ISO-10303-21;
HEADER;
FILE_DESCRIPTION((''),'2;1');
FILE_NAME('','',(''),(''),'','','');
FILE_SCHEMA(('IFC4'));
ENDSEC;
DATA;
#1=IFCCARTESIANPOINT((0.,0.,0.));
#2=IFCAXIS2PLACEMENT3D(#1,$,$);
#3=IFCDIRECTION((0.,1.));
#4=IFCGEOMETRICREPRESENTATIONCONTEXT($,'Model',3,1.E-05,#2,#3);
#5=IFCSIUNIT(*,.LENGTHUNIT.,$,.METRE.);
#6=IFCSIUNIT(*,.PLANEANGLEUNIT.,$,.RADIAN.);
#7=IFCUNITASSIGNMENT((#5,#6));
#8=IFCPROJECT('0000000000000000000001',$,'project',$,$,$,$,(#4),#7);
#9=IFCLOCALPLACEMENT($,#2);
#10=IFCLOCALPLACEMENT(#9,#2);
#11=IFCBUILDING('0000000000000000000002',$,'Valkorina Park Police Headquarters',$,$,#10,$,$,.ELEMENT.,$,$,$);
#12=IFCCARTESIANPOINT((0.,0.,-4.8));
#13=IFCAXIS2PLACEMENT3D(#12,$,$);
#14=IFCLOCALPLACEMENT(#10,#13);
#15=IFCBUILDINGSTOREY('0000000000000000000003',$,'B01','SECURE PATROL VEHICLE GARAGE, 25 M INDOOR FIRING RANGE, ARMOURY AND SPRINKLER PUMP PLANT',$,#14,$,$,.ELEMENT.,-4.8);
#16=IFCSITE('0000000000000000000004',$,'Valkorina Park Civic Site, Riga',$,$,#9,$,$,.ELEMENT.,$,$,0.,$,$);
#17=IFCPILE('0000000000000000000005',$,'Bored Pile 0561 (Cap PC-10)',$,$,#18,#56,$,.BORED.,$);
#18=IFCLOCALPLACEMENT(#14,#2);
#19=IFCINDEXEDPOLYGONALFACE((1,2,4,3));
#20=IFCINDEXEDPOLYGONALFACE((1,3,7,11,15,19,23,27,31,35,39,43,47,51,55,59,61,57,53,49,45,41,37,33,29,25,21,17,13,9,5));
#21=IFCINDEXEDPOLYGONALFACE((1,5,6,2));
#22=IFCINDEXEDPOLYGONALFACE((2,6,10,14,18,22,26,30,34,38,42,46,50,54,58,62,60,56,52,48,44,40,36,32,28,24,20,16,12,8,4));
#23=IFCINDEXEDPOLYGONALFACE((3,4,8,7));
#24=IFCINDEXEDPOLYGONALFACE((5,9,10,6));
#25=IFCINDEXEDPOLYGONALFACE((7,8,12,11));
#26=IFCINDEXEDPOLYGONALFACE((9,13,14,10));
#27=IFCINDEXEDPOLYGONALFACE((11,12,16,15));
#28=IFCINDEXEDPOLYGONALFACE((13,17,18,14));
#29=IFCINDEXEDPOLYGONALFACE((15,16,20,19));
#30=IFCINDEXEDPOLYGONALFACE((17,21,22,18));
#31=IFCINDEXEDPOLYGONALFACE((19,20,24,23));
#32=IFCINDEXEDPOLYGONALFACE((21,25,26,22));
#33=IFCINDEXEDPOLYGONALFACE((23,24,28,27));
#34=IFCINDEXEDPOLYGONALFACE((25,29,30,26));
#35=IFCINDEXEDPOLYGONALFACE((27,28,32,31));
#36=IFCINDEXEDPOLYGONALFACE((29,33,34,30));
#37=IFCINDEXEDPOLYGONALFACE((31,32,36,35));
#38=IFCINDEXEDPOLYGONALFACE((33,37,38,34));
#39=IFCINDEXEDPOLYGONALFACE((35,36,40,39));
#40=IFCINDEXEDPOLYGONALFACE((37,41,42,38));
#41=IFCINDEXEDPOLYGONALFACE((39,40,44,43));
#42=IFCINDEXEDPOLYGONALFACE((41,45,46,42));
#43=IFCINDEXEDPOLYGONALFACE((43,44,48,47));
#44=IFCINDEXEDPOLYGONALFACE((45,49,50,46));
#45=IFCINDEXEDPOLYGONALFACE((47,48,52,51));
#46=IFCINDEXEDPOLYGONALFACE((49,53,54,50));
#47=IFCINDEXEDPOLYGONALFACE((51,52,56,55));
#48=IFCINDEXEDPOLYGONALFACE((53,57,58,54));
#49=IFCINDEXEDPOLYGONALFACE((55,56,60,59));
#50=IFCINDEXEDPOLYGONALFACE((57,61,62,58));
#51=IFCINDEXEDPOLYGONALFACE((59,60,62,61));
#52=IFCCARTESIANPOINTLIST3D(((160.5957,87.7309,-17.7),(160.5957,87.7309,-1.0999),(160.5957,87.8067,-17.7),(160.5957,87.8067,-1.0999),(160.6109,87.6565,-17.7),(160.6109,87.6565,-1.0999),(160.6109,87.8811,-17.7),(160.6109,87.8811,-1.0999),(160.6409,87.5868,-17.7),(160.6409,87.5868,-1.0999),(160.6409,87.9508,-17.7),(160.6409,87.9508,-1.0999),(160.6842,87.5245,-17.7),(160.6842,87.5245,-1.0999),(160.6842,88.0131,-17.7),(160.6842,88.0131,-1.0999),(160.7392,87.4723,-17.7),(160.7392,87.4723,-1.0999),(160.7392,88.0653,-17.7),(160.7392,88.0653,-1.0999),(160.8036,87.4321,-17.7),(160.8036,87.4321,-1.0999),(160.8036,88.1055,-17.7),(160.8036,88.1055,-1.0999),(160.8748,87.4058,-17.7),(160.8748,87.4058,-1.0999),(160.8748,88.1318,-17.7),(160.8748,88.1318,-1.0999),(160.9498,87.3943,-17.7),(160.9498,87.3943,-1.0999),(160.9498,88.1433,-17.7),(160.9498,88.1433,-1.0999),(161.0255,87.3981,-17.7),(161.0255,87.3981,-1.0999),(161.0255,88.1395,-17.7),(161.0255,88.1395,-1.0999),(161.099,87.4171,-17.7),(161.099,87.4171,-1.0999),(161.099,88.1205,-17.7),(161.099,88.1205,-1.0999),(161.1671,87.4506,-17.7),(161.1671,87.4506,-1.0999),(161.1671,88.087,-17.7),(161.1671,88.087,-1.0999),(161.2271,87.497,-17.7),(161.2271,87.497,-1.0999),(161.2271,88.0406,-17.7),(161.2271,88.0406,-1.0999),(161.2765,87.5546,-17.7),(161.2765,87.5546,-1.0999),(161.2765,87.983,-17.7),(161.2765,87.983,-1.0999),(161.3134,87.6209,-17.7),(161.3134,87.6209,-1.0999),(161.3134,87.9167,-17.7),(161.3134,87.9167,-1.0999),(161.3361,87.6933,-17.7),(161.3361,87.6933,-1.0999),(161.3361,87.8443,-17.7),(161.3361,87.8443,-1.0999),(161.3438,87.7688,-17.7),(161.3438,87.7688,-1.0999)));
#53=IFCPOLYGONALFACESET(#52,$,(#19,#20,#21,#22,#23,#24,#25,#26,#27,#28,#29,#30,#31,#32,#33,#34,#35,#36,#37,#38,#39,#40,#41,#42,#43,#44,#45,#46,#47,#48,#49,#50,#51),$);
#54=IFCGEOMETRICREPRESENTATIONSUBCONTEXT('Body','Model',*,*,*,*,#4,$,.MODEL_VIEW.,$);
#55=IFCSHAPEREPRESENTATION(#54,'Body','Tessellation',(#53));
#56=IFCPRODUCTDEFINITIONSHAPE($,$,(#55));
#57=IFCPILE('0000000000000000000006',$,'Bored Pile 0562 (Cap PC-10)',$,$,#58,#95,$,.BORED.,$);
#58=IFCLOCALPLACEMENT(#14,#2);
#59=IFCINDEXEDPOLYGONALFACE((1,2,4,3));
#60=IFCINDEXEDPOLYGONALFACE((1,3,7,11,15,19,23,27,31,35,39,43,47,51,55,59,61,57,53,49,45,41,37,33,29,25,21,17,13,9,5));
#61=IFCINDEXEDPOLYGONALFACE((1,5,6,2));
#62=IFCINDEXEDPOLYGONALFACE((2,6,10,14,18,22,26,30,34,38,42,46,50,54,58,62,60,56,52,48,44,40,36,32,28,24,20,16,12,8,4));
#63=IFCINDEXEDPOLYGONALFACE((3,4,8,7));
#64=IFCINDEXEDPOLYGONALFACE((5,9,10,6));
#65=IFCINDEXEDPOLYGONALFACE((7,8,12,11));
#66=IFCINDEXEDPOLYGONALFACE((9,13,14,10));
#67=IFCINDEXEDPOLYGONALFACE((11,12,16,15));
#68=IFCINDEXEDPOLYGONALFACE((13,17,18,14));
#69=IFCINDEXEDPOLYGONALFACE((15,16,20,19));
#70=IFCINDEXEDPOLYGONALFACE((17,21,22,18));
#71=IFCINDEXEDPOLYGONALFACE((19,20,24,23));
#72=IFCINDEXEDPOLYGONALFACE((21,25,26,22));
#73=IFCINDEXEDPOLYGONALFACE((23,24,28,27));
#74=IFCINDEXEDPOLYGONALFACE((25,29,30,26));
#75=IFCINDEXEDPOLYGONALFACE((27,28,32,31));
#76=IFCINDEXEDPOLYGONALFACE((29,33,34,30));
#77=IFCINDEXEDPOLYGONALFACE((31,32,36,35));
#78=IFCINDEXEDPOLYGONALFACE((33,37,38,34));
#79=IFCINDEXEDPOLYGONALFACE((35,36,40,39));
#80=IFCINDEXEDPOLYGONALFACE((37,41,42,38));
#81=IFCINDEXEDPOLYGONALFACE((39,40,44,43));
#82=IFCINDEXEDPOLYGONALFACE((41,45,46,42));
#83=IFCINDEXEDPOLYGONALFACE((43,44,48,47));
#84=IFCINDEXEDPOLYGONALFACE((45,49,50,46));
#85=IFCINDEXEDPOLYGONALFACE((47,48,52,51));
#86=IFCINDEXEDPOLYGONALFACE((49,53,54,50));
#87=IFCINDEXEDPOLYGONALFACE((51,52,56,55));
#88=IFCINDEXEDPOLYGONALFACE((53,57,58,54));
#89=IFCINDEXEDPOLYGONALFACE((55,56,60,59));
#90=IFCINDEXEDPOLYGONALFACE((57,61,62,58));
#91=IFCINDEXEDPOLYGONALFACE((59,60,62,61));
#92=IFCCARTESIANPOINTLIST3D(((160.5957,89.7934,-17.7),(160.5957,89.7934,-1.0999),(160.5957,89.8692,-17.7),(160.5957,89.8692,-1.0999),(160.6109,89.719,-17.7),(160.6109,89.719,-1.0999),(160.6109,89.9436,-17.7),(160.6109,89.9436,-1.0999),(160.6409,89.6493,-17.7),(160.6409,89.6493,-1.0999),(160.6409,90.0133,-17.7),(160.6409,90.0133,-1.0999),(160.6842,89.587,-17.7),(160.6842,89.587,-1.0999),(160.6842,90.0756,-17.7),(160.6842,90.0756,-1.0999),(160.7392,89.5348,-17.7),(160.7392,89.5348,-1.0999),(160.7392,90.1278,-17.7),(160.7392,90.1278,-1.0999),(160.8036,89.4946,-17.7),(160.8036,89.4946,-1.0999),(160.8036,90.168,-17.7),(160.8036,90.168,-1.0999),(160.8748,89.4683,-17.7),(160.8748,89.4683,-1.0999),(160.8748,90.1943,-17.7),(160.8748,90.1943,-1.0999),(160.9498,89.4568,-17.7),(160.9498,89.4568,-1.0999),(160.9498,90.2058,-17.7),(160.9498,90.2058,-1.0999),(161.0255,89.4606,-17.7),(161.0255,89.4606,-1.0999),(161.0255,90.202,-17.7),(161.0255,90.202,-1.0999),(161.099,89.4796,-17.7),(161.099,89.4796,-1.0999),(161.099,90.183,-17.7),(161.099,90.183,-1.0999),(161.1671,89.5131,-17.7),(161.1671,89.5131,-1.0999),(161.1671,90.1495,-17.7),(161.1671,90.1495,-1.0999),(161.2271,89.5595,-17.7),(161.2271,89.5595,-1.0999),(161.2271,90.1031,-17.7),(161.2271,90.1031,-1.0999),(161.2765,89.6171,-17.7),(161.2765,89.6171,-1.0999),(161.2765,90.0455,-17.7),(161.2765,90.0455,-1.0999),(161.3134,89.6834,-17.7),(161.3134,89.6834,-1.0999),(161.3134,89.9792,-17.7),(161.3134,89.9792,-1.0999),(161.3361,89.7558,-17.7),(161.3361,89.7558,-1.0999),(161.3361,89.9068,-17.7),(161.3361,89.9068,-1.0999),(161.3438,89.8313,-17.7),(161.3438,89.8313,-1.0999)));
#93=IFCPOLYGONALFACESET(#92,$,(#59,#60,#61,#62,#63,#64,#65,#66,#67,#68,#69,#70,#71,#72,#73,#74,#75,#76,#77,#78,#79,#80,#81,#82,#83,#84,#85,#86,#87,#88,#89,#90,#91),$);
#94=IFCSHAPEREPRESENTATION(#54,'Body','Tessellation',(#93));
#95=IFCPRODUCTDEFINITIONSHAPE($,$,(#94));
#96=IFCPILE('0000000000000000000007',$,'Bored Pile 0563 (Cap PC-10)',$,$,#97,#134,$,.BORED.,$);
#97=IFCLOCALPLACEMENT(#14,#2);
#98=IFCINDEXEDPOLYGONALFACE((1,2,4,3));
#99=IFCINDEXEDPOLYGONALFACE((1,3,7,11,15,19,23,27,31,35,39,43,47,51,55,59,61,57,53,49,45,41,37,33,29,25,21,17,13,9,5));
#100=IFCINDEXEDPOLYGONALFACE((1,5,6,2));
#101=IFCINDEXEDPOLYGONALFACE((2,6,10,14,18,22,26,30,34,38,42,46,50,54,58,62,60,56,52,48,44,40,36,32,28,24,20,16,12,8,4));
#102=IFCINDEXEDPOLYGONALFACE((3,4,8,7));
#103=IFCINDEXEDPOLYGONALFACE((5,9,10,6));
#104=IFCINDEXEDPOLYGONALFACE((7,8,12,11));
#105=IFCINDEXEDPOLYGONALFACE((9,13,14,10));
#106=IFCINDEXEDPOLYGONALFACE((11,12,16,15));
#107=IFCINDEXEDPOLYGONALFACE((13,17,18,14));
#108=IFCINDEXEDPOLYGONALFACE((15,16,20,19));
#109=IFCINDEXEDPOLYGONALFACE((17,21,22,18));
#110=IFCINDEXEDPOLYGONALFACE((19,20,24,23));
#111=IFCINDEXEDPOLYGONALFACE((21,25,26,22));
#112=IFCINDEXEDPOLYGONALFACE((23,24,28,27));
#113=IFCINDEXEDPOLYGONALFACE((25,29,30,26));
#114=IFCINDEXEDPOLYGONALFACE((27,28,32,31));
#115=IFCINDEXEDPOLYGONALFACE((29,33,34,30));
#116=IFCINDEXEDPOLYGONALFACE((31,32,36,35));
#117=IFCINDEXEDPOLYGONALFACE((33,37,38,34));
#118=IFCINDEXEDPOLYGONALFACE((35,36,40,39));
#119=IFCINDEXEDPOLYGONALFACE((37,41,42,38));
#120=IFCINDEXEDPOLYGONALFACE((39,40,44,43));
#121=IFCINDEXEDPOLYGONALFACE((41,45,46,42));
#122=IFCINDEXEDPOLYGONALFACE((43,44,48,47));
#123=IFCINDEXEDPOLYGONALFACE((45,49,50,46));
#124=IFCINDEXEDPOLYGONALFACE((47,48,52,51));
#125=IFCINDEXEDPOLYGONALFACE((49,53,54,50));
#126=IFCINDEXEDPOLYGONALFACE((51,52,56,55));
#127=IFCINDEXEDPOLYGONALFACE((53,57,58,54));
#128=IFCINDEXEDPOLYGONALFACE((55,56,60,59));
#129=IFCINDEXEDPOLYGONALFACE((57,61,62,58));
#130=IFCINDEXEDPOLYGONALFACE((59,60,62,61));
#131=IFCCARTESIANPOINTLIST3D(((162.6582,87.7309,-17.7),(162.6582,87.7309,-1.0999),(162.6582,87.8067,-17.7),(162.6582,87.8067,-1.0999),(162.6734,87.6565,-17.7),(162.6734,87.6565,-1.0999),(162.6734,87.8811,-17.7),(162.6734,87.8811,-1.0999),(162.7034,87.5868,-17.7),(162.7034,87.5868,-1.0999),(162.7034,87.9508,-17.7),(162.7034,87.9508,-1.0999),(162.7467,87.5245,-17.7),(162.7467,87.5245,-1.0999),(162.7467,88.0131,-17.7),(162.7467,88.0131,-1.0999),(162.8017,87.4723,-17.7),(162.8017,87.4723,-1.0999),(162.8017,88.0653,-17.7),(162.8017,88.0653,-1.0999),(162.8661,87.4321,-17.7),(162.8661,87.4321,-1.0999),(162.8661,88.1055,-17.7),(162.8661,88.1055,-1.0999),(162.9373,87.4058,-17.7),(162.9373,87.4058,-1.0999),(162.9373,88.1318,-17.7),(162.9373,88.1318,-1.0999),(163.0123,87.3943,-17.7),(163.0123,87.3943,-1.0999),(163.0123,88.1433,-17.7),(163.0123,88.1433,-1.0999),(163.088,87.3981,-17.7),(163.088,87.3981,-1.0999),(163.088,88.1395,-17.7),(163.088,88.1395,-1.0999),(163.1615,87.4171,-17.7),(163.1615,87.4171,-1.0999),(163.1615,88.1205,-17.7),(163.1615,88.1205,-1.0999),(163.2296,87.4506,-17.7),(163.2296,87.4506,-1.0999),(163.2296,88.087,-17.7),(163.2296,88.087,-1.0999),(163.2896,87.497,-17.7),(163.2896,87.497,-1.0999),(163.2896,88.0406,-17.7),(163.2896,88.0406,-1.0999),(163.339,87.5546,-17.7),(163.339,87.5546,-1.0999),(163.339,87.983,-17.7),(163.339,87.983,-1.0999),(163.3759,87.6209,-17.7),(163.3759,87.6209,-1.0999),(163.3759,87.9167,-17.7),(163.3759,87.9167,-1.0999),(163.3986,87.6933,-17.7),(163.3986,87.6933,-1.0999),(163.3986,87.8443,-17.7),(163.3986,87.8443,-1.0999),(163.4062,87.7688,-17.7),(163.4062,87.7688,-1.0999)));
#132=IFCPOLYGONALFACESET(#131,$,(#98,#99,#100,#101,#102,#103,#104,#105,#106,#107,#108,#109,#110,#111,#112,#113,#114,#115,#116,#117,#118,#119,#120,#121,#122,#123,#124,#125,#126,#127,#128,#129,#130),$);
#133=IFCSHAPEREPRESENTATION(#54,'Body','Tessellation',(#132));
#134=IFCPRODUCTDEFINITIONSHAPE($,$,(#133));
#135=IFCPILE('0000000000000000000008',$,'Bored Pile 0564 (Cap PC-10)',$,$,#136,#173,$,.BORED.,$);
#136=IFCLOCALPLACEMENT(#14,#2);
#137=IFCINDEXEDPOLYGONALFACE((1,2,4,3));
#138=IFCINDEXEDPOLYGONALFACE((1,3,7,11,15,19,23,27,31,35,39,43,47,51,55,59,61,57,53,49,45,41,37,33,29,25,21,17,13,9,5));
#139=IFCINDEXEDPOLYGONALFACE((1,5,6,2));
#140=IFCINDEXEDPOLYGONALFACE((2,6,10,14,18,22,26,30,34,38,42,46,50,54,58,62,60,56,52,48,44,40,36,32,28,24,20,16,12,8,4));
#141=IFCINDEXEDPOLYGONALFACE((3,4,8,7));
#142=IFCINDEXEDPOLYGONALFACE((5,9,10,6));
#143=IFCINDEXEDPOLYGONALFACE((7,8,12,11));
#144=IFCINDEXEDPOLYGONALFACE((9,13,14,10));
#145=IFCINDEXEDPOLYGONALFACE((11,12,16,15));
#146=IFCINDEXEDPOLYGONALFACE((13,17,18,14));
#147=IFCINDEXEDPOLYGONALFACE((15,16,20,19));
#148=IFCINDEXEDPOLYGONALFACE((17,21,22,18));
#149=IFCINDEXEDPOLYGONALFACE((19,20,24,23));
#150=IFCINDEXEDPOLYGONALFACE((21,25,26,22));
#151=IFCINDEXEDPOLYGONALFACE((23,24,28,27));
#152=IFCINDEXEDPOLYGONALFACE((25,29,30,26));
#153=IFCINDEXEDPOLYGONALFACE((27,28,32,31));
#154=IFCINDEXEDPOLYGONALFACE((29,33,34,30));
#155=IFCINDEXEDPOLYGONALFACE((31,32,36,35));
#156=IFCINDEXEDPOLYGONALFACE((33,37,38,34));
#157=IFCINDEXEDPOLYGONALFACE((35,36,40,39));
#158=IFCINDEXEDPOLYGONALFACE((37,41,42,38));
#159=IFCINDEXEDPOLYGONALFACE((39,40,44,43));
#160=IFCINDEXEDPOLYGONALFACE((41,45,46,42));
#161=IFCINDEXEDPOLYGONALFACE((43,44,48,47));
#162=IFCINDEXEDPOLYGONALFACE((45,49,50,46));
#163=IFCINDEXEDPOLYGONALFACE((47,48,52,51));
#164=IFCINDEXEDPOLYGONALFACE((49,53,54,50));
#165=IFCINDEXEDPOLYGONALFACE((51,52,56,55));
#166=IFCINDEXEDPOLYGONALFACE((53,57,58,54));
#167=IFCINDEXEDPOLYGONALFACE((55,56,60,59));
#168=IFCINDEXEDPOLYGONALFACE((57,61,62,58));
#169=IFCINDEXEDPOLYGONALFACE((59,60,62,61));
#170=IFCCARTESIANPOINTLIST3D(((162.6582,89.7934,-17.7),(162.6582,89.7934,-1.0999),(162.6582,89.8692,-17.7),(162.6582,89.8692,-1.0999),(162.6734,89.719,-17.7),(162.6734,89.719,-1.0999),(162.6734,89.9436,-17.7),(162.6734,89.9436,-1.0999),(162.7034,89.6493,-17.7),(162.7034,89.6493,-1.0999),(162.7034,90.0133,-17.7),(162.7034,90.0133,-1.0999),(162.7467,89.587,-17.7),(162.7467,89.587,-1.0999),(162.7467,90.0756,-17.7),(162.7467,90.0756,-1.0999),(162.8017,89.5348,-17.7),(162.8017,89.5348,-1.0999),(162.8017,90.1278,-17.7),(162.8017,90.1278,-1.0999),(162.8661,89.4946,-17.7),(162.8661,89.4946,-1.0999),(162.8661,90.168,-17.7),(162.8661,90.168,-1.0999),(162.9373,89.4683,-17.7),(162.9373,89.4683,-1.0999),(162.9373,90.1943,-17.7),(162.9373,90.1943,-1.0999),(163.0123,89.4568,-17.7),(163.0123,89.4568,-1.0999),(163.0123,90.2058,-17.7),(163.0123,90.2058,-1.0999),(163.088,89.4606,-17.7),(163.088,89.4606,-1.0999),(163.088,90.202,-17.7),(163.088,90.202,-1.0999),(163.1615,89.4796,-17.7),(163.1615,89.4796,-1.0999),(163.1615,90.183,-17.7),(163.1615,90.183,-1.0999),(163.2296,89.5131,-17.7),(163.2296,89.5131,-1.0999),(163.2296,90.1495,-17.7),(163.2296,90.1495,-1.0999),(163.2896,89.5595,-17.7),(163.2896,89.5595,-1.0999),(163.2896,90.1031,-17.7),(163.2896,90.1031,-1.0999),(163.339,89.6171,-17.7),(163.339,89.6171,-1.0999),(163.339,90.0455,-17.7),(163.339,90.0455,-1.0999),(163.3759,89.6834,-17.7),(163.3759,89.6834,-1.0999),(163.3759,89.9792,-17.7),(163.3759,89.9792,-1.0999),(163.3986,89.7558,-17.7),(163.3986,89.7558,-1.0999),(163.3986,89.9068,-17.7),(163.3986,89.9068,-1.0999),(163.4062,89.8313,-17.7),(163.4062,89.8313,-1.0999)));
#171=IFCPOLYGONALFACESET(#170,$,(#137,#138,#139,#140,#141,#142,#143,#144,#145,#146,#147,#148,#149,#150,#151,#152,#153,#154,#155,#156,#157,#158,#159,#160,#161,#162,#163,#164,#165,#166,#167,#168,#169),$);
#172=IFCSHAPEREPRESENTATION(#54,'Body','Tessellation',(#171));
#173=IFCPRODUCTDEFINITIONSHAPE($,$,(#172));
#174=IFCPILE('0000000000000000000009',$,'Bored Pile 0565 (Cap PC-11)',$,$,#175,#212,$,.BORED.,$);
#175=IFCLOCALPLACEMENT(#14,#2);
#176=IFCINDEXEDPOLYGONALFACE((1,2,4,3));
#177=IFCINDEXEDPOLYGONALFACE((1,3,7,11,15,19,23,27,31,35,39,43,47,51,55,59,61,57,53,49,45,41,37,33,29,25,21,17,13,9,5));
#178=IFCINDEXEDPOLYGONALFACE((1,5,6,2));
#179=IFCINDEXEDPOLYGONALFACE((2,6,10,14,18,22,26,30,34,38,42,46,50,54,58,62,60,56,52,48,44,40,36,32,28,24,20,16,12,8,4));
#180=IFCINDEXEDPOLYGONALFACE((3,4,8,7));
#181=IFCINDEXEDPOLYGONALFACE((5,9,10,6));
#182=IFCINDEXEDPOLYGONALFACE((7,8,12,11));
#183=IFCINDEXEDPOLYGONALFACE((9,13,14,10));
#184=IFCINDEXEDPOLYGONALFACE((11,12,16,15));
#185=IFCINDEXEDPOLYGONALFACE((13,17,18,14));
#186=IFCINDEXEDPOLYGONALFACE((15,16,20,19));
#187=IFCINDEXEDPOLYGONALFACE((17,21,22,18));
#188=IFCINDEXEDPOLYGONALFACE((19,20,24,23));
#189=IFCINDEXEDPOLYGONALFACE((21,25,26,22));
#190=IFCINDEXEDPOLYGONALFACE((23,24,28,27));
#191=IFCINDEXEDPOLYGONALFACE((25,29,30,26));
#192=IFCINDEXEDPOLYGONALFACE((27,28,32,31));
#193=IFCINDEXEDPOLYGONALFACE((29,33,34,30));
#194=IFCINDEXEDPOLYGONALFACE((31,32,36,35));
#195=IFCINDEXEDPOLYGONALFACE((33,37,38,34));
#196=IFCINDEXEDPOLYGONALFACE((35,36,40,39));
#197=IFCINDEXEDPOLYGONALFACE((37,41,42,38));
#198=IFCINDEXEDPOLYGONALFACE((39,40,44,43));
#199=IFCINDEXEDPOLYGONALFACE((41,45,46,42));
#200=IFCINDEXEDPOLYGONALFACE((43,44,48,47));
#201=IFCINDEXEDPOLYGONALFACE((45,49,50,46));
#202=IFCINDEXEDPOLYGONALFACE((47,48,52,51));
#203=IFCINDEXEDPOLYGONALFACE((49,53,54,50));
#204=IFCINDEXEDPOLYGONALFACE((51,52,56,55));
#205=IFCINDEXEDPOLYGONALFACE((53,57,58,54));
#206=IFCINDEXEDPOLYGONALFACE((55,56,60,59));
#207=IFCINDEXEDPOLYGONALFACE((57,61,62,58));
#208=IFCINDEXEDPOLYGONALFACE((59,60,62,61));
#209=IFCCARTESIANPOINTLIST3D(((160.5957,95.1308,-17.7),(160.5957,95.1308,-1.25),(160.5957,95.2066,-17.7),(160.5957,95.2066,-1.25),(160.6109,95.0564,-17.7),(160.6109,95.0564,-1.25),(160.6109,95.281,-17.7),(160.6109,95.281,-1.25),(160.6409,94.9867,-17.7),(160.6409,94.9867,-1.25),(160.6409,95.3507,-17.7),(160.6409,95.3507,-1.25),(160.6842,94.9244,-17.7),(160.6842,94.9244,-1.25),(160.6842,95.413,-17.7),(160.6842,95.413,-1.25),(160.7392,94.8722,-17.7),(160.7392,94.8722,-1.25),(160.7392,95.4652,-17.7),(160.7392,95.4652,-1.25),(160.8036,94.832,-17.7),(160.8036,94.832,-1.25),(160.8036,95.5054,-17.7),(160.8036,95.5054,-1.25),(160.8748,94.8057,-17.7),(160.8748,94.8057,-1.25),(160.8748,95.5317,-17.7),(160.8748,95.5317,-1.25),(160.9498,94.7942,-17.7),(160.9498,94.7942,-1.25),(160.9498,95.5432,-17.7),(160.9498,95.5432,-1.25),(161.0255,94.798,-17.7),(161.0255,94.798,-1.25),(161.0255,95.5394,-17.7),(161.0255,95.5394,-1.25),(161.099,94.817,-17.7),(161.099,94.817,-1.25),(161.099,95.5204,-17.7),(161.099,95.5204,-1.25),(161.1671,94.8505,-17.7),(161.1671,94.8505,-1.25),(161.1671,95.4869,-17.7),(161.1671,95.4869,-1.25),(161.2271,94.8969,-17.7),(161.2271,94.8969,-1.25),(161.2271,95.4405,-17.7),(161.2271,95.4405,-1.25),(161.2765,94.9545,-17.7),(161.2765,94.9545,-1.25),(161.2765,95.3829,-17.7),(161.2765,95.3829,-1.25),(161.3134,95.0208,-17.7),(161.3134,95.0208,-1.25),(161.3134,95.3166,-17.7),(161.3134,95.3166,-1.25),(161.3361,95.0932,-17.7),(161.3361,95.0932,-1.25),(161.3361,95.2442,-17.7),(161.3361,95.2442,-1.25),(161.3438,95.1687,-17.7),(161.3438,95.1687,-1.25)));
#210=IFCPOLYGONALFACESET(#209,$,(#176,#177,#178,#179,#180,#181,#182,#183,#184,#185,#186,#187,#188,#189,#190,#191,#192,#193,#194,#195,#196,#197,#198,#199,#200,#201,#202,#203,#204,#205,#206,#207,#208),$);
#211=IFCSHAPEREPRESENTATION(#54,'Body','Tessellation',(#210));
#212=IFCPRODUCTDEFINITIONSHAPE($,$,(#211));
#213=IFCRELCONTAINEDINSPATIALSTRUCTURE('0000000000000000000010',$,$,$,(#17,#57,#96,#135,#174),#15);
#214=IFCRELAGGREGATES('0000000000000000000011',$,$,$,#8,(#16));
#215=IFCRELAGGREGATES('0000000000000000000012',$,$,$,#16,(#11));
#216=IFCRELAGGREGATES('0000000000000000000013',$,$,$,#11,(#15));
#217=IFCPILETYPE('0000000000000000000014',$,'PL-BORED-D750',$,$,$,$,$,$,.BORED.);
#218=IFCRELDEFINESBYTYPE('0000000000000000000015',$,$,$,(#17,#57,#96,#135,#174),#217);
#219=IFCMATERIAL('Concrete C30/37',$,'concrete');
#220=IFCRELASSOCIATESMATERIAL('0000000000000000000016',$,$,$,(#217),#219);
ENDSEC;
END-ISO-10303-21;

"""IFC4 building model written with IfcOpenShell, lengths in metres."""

from ifc_helpers import new_model, si_unit, direction, frame, origin, origin_2d, place, context, subcontext, project, spatial, circle, extrude, material, material_profile, profile_set, type_object, element, save


model = new_model("IFC4")

# Units and contexts
model_context = context("Model", 3, precision=1e-05, world=origin(), true_north=direction((0.0, 1.0)))
body_context = subcontext(model_context, "Body", "Model", "MODEL_VIEW")
ifc_project = project(units=[si_unit("LENGTHUNIT", "METRE"), si_unit("PLANEANGLEUNIT", "RADIAN")], contexts=[model_context])

# Site, building, storey
site_placement = place(None, origin())
site = spatial("IfcSite", under=ifc_project, at=site_placement, Name="Valkorina Park Civic Site, Riga", CompositionType="ELEMENT", RefElevation=0.0)
building_placement = place(site_placement, origin())
building = spatial("IfcBuilding", under=site, at=building_placement, Name="Valkorina Park Police Headquarters", CompositionType="ELEMENT")
storey_placement = place(building_placement, frame((0.0, 0.0, -4.8)))
storey = spatial("IfcBuildingStorey", under=building, at=storey_placement, Name="B01", Description="SECURE PATROL VEHICLE GARAGE, 25 M INDOOR FIRING RANGE, ARMOURY AND SPRINKLER PUMP PLANT", CompositionType="ELEMENT", Elevation=-4.8)

# Piles
ifc_material_1 = material(Name="Concrete C30/37", Category="concrete")
ifc_material_profile_1 = material_profile(ifc_material_1, circle(Radius=0.375, at=origin_2d()), Name="BORED PILE D750")
ifc_profile_set_1 = profile_set([ifc_material_profile_1], Name="Concrete C30/37")
pile_type_1 = type_object("IfcPileType", Name="PL-BORED-D750", PredefinedType="BORED", material=ifc_profile_set_1)
for number, where, z_axis, x_axis, name in (
    (1, (160.9688, 87.7688, -1.0999), (0.0, 0.0, -1.0), (1.0, 0.0, 0.0), "Bored Pile 0561 (Cap PC-10)"),
    (2, (160.9688, 89.8313, -1.0999), (0.0, 0.0, -1.0), (1.0, 0.0, 0.0), "Bored Pile 0562 (Cap PC-10)"),
    (3, (163.0312, 87.7688, -1.0999), (0.0, 0.0, -1.0), (1.0, 0.0, 0.0), "Bored Pile 0563 (Cap PC-10)"),
    (4, (163.0312, 89.8313, -1.0999), (0.0, 0.0, -1.0), (1.0, 0.0, 0.0), "Bored Pile 0564 (Cap PC-10)"),
):
    element("IfcPile", number, at=place(storey_placement, frame(where, z_axis=z_axis, x_axis=x_axis)), inside=storey, type_object=pile_type_1, Name=name, PredefinedType="BORED", context=body_context, shape_type="SweptSolid", body=[
        extrude(circle(Radius=0.375, at=origin_2d()), origin(), (0.0, 0.0, 1.0), 16.6001),
    ])
for number, where, z_axis, x_axis, name in (
    (5, (160.9688, 95.1687, -1.25), (0.0, 0.0, -1.0), (1.0, 0.0, 0.0), "Bored Pile 0565 (Cap PC-11)"),
):
    element("IfcPile", number, at=place(storey_placement, frame(where, z_axis=z_axis, x_axis=x_axis)), inside=storey, type_object=pile_type_1, Name=name, PredefinedType="BORED", context=body_context, shape_type="SweptSolid", body=[
        extrude(circle(Radius=0.375, at=origin_2d()), origin(), (0.0, 0.0, 1.0), 16.45),
    ])

save(model, "model.ifc")
